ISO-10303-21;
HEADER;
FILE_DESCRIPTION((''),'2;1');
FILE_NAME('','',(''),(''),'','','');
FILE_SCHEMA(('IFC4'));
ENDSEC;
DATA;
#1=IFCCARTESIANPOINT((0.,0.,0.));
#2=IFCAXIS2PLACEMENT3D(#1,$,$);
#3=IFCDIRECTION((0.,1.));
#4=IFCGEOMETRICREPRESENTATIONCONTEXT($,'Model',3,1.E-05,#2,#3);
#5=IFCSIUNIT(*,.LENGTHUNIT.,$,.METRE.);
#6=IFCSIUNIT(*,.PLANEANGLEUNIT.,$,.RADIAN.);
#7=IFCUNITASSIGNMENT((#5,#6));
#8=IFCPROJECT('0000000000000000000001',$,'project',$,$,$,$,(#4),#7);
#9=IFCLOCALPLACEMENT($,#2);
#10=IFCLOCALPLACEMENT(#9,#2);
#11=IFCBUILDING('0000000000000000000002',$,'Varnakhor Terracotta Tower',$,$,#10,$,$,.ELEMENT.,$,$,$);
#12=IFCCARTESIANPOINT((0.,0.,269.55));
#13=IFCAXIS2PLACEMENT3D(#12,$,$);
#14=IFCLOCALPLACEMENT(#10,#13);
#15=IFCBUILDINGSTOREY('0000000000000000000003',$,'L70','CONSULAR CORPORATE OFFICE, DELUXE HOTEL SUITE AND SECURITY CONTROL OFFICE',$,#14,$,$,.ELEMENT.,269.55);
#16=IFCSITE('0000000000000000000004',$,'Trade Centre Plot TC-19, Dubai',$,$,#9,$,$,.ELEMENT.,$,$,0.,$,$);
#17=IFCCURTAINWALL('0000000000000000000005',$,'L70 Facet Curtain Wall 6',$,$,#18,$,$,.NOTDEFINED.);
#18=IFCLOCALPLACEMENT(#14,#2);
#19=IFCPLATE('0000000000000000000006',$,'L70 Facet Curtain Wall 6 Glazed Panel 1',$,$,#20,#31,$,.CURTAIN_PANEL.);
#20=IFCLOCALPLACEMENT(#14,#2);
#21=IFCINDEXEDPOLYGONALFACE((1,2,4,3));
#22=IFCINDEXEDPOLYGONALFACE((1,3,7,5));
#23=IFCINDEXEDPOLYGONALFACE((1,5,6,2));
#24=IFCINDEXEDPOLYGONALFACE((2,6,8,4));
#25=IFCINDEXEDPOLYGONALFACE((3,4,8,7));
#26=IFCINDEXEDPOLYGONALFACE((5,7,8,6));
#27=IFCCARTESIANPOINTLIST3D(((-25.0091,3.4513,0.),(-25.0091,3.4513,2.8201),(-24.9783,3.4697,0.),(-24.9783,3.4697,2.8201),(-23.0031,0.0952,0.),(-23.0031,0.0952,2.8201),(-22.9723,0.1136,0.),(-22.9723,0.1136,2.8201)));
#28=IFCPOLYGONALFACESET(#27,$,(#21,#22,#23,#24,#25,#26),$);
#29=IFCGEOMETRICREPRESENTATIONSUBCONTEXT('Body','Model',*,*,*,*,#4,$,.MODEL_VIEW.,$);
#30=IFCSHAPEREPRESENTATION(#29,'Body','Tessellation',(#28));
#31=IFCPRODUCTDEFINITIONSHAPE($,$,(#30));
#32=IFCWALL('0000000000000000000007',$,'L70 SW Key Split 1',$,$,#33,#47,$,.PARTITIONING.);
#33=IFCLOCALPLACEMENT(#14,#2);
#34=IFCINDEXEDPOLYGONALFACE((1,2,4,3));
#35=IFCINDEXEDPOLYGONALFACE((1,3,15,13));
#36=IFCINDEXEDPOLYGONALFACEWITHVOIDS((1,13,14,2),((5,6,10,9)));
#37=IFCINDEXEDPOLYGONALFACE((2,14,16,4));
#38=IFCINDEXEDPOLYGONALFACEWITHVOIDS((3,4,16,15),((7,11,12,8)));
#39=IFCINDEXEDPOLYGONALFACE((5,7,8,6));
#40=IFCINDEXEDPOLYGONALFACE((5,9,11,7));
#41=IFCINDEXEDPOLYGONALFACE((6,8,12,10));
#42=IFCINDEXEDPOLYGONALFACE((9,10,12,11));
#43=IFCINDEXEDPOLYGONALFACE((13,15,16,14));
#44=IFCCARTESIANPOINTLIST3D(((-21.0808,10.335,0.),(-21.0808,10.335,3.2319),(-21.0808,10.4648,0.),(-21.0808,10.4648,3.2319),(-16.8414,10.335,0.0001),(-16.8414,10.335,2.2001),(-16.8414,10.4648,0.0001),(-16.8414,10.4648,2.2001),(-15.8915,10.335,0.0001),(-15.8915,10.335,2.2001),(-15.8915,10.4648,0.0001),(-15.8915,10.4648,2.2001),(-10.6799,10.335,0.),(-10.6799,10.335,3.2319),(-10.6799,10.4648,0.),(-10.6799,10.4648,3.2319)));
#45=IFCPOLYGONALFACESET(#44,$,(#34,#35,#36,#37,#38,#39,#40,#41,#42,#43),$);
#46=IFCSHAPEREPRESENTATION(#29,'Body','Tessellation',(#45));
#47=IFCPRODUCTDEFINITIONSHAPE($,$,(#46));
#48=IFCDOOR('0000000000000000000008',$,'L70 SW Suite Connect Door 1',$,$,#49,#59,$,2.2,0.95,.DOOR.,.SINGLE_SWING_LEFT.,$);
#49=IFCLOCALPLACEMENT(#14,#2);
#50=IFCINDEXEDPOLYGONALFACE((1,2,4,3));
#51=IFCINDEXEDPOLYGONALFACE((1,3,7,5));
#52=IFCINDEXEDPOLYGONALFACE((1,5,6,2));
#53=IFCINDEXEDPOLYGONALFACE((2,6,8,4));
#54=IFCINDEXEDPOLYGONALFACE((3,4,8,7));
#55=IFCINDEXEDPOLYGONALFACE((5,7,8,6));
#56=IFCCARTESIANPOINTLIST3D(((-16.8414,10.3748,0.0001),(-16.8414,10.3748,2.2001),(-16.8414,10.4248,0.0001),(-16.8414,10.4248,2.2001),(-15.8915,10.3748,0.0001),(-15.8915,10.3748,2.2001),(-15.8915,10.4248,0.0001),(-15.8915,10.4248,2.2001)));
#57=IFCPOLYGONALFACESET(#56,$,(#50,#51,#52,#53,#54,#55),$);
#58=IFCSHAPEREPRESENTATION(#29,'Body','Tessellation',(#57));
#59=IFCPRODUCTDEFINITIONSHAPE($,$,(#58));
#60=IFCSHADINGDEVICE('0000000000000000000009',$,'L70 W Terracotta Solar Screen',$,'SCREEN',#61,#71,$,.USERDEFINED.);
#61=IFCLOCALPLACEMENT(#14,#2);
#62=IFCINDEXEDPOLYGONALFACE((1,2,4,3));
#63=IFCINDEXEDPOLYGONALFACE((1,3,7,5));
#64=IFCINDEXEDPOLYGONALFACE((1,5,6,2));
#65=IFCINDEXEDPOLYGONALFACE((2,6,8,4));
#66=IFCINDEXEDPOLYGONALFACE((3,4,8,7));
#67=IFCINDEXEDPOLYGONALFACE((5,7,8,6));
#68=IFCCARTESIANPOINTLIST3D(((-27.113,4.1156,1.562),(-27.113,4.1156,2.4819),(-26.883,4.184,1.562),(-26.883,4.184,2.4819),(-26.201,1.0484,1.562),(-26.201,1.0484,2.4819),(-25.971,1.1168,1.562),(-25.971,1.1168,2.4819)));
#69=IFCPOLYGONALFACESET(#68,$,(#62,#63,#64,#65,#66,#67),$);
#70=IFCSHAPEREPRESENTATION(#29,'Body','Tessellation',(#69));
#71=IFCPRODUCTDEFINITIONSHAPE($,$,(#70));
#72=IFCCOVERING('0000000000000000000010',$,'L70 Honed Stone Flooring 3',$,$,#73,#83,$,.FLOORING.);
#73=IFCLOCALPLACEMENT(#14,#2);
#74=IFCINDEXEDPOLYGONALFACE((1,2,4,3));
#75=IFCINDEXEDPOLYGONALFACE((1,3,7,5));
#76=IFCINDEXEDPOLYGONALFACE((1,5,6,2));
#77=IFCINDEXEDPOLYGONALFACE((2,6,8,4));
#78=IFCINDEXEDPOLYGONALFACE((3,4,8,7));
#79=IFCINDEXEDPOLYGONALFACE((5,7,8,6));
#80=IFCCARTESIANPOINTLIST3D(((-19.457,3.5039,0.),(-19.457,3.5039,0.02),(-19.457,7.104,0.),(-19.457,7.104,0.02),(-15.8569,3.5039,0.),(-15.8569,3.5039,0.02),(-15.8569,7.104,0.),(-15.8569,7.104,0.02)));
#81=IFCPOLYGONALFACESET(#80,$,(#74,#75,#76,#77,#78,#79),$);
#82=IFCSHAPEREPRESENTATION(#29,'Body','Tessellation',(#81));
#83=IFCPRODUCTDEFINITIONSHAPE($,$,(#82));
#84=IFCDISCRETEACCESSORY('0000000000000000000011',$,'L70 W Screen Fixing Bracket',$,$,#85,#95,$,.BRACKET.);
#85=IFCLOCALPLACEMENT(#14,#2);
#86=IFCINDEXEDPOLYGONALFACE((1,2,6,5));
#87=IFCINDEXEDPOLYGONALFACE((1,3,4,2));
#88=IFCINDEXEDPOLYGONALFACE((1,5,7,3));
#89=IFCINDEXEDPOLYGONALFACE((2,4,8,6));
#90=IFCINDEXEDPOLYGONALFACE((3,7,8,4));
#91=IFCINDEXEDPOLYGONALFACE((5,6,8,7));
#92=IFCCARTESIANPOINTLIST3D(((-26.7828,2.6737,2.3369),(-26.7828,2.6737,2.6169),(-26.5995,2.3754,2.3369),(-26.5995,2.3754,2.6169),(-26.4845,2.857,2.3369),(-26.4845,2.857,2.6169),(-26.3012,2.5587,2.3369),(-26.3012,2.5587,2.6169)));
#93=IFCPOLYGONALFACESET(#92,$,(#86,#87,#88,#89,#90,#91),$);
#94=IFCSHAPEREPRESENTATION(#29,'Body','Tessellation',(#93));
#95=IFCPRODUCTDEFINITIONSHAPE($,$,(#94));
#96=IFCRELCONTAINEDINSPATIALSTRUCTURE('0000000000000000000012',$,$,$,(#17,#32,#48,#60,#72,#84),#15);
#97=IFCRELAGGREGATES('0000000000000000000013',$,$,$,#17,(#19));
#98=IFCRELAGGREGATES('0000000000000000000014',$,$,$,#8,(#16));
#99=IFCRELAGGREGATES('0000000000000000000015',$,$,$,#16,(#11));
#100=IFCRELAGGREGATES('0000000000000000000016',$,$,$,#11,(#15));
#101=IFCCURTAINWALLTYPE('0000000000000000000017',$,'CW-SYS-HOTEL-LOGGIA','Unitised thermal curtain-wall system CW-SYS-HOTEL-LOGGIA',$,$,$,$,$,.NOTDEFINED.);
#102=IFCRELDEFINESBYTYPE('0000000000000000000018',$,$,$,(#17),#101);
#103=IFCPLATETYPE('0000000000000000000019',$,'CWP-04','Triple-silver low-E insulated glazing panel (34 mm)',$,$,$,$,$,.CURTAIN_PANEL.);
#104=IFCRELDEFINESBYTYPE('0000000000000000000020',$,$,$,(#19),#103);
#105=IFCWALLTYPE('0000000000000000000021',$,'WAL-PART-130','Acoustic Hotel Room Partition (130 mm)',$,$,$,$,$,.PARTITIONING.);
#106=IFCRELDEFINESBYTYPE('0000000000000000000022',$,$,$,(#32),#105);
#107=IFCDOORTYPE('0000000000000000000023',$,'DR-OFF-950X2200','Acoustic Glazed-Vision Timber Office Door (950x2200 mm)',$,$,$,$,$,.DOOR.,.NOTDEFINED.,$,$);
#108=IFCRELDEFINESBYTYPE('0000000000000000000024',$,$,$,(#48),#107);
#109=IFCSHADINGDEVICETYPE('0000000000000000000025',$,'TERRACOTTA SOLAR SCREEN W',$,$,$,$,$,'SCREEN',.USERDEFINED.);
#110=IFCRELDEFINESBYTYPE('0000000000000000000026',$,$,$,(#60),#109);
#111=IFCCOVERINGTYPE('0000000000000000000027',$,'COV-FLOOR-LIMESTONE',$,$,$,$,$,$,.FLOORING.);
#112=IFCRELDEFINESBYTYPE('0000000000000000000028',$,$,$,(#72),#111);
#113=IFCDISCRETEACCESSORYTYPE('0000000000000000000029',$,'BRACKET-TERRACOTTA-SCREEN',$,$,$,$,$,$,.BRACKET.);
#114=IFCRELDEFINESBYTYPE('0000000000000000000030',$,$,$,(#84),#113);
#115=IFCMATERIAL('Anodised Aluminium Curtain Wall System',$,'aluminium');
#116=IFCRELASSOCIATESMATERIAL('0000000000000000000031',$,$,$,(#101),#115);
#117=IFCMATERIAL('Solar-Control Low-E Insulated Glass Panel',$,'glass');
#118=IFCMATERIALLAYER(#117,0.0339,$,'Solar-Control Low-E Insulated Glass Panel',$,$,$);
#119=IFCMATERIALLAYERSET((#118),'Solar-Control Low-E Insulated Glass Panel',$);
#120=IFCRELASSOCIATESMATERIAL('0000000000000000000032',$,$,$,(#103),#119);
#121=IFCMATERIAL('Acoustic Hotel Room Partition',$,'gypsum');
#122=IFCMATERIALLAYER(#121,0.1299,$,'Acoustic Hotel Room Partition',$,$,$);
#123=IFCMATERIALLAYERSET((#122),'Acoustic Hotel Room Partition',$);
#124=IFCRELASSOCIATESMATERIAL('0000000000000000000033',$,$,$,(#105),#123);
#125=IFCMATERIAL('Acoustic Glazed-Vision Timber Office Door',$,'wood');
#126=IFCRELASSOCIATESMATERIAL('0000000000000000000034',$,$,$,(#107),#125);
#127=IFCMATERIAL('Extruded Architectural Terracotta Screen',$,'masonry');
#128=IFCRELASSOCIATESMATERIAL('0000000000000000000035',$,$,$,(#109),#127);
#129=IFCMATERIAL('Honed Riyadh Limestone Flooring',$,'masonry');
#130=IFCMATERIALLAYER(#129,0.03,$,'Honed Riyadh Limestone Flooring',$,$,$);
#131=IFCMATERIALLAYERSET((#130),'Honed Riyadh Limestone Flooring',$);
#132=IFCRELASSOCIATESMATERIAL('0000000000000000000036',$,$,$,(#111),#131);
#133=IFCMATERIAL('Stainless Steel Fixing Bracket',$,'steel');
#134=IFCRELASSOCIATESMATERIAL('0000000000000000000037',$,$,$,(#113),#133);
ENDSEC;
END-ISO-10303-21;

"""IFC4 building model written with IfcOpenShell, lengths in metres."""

from ifc_helpers import new_model, si_unit, direction, frame, frame_2d, origin, origin_2d, place, context, subcontext, project, spatial, rectangle, extrude, source, transform, mapped, material, layer, layer_set, type_object, type_shapes, element, fill, aggregate, save


model = new_model("IFC4")

# Units and contexts
model_context = context("Model", 3, precision=1e-05, world=origin(), true_north=direction((0.0, 1.0)))
body_context = subcontext(model_context, "Body", "Model", "MODEL_VIEW")
ifc_project = project(units=[si_unit("LENGTHUNIT", "METRE"), si_unit("PLANEANGLEUNIT", "RADIAN")], contexts=[model_context])

# Site, building, storey
site_placement = place(None, origin())
site = spatial("IfcSite", under=ifc_project, at=site_placement, Name="Trade Centre Plot TC-19, Dubai", CompositionType="ELEMENT", RefElevation=0.0)
building_placement = place(site_placement, origin())
building = spatial("IfcBuilding", under=site, at=building_placement, Name="Varnakhor Terracotta Tower", CompositionType="ELEMENT")
storey_placement = place(building_placement, frame((0.0, 0.0, 269.55)))
storey = spatial("IfcBuildingStorey", under=building, at=storey_placement, Name="L70", Description="CONSULAR CORPORATE OFFICE, DELUXE HOTEL SUITE AND SECURITY CONTROL OFFICE", CompositionType="ELEMENT", Elevation=269.55)

# Shared definitions
ifc_material_1 = material(Name="Anodised Aluminium Curtain Wall System", Category="aluminium")
curtain_wall_type = type_object("IfcCurtainWallType", Name="CW-SYS-HOTEL-LOGGIA", Description="Unitised thermal curtain-wall system CW-SYS-HOTEL-LOGGIA", PredefinedType="NOTDEFINED", material=ifc_material_1)

# Curtain wall
curtain_wall_1_placement = place(storey_placement, origin())
curtain_wall_1 = element("IfcCurtainWall", 1, at=curtain_wall_1_placement, inside=storey, type_object=curtain_wall_type, Name="L70 Facet Curtain Wall 6", PredefinedType="NOTDEFINED")

# Plate
ifc_material_2 = material(Name="Solar-Control Low-E Insulated Glass Panel", Category="glass")
ifc_layer_1 = layer(ifc_material_2, 0.0339, Name="Solar-Control Low-E Insulated Glass Panel")
ifc_layer_set_1 = layer_set([ifc_layer_1], Name="Solar-Control Low-E Insulated Glass Panel")
plate_type = type_object("IfcPlateType", Name="CWP-04", Description="Triple-silver low-E insulated glazing panel (34 mm)", PredefinedType="CURTAIN_PANEL", material=ifc_layer_set_1)
shared_shape_1 = source(origin(), body_context, "Body", "SweptSolid", [
    extrude(rectangle(XDim=3.9099, YDim=0.0359, at=origin_2d()), origin(), (0.0, 0.0, 1.0), 2.8201),
])
plate_1_placement = place(storey_placement, frame((-23.9907, 1.7825, 0.0), z_axis=(0.0, 0.0, 1.0), x_axis=(-0.513047, 0.858361, 0.0)))
plate_1 = element("IfcPlate", 2, at=plate_1_placement, type_object=plate_type, Name="L70 Facet Curtain Wall 6 Glazed Panel 1", PredefinedType="CURTAIN_PANEL", context=body_context, shape_type="MappedRepresentation", body=[
    mapped(shared_shape_1, transform((0.0, 0.0, 0.0), scale=1.0)),
])
aggregate(curtain_wall_1, [plate_1])

# Wall, opening, door
ifc_material_3 = material(Name="Acoustic Hotel Room Partition", Category="gypsum")
ifc_layer_2 = layer(ifc_material_3, 0.1299, Name="Acoustic Hotel Room Partition")
ifc_layer_set_2 = layer_set([ifc_layer_2], Name="Acoustic Hotel Room Partition")
wall_type = type_object("IfcWallType", Name="WAL-PART-130", Description="Acoustic Hotel Room Partition (130 mm)", PredefinedType="PARTITIONING", material=ifc_layer_set_2)
wall_placement = place(storey_placement, frame((-21.0808, 10.3999, 0.0), z_axis=(0.0, 0.0, 1.0), x_axis=(1.0, 0.0, 0.0)))
wall = element("IfcWall", 3, at=wall_placement, inside=storey, type_object=wall_type, Name="L70 SW Key Split 1", PredefinedType="PARTITIONING", context=body_context, shape_type="SweptSolid", body=[
    extrude(rectangle(XDim=10.4009, YDim=0.1299, at=frame_2d((5.2004, 0.0))), origin(), (0.0, 0.0, 1.0), 3.2319),
])
opening_placement = place(wall_placement, frame((4.2393, 0.0, 0.0)))
opening = element("IfcOpeningElement", 4, at=opening_placement, cuts=wall, PredefinedType="OPENING", context=body_context, shape_type="SweptSolid", body=[
    extrude(rectangle(XDim=0.95, YDim=2.2, at=frame_2d((0.4751, 1.1001))), frame((0.0, 0.075, 0.0), z_axis=(0.0, -1.0, 0.0), x_axis=(1.0, 0.0, 0.0)), (0.0, 0.0, 1.0), 0.1499),
])
ifc_material_4 = material(Name="Acoustic Glazed-Vision Timber Office Door", Category="wood")
door_type = type_object("IfcDoorType", Name="DR-OFF-950X2200", Description="Acoustic Glazed-Vision Timber Office Door (950x2200 mm)", OperationType="NOTDEFINED", PredefinedType="DOOR", material=ifc_material_4)
shared_shape_2 = source(origin(), body_context, "Body", "SweptSolid", [
    extrude(rectangle(XDim=0.95, YDim=2.2, at=frame_2d((0.4751, 1.1001))), frame((0.0, 0.0249, 0.0), z_axis=(0.0, -1.0, 0.0), x_axis=(1.0, 0.0, 0.0)), (0.0, 0.0, 1.0), 0.05),
])
type_shapes(door_type, [shared_shape_2])
door_placement = place(opening_placement, origin())
door = element("IfcDoor", 5, at=door_placement, inside=storey, type_object=door_type, Name="L70 SW Suite Connect Door 1", OperationType="SINGLE_SWING_LEFT", OverallHeight=2.2, OverallWidth=0.95, PredefinedType="DOOR", context=body_context, shape_type="MappedRepresentation", body=[
    mapped(shared_shape_2, transform((0.0, 0.0, 0.0), scale=1.0)),
])
fill(opening, door)

# Shading device
ifc_material_5 = material(Name="Extruded Architectural Terracotta Screen", Category="masonry")
shading_device_type = type_object("IfcShadingDeviceType", Name="TERRACOTTA SOLAR SCREEN W", ElementType="SCREEN", PredefinedType="USERDEFINED", material=ifc_material_5)
shared_shape_3 = source(origin(), body_context, "Body", "SweptSolid", [
    extrude(rectangle(XDim=3.2, YDim=0.24, at=origin_2d()), origin(), (0.0, 0.0, 1.0), 0.9199),
])
type_shapes(shading_device_type, [shared_shape_3])
shading_device_placement = place(storey_placement, frame((-26.542, 2.6162, 1.562), z_axis=(0.0, 0.0, 1.0), x_axis=(0.285019, -0.958522, 0.0)))
element("IfcShadingDevice", 6, at=shading_device_placement, inside=storey, type_object=shading_device_type, Name="L70 W Terracotta Solar Screen", ObjectType="SCREEN", PredefinedType="USERDEFINED", context=body_context, shape_type="MappedRepresentation", body=[
    mapped(shared_shape_3, transform((0.0, 0.0, 0.0), scale=1.0)),
])

# Covering
ifc_material_6 = material(Name="Honed Riyadh Limestone Flooring", Category="masonry")
ifc_layer_3 = layer(ifc_material_6, 0.03, Name="Honed Riyadh Limestone Flooring")
ifc_layer_set_3 = layer_set([ifc_layer_3], Name="Honed Riyadh Limestone Flooring")
covering_type = type_object("IfcCoveringType", Name="COV-FLOOR-LIMESTONE", PredefinedType="FLOORING", material=ifc_layer_set_3)
shared_shape_4 = source(origin(), body_context, "Body", "SweptSolid", [
    extrude(rectangle(XDim=3.6001, YDim=3.6001, at=origin_2d()), origin(), (0.0, 0.0, 1.0), 0.02),
])
covering_placement = place(storey_placement, frame((-17.657, 5.304, 0.0), z_axis=(0.0, 0.0, 1.0), x_axis=(1.0, 0.0, 0.0)))
element("IfcCovering", 7, at=covering_placement, inside=storey, type_object=covering_type, Name="L70 Honed Stone Flooring 3", PredefinedType="FLOORING", context=body_context, shape_type="MappedRepresentation", body=[
    mapped(shared_shape_4, transform((0.0, 0.0, 0.0), scale=1.0)),
])

# Discrete accessory
ifc_material_7 = material(Name="Stainless Steel Fixing Bracket", Category="steel")
discrete_accessory_type = type_object("IfcDiscreteAccessoryType", Name="BRACKET-TERRACOTTA-SCREEN", PredefinedType="BRACKET", material=ifc_material_7)
shared_shape_5 = source(origin(), body_context, "Body", "SweptSolid", [
    extrude(rectangle(XDim=0.3501, YDim=0.3501, at=origin_2d()), origin(), (0.0, 0.0, 1.0), 0.28),
])
type_shapes(discrete_accessory_type, [shared_shape_5])
discrete_accessory_placement = place(storey_placement, frame((-26.542, 2.6162, 2.3369), z_axis=(0.0, 0.0, 1.0), x_axis=(0.523391, -0.852093, 0.0)))
element("IfcDiscreteAccessory", 8, at=discrete_accessory_placement, inside=storey, type_object=discrete_accessory_type, Name="L70 W Screen Fixing Bracket", PredefinedType="BRACKET", context=body_context, shape_type="MappedRepresentation", body=[
    mapped(shared_shape_5, transform((0.0, 0.0, 0.0), scale=1.0)),
])

save(model, "model.ifc")
